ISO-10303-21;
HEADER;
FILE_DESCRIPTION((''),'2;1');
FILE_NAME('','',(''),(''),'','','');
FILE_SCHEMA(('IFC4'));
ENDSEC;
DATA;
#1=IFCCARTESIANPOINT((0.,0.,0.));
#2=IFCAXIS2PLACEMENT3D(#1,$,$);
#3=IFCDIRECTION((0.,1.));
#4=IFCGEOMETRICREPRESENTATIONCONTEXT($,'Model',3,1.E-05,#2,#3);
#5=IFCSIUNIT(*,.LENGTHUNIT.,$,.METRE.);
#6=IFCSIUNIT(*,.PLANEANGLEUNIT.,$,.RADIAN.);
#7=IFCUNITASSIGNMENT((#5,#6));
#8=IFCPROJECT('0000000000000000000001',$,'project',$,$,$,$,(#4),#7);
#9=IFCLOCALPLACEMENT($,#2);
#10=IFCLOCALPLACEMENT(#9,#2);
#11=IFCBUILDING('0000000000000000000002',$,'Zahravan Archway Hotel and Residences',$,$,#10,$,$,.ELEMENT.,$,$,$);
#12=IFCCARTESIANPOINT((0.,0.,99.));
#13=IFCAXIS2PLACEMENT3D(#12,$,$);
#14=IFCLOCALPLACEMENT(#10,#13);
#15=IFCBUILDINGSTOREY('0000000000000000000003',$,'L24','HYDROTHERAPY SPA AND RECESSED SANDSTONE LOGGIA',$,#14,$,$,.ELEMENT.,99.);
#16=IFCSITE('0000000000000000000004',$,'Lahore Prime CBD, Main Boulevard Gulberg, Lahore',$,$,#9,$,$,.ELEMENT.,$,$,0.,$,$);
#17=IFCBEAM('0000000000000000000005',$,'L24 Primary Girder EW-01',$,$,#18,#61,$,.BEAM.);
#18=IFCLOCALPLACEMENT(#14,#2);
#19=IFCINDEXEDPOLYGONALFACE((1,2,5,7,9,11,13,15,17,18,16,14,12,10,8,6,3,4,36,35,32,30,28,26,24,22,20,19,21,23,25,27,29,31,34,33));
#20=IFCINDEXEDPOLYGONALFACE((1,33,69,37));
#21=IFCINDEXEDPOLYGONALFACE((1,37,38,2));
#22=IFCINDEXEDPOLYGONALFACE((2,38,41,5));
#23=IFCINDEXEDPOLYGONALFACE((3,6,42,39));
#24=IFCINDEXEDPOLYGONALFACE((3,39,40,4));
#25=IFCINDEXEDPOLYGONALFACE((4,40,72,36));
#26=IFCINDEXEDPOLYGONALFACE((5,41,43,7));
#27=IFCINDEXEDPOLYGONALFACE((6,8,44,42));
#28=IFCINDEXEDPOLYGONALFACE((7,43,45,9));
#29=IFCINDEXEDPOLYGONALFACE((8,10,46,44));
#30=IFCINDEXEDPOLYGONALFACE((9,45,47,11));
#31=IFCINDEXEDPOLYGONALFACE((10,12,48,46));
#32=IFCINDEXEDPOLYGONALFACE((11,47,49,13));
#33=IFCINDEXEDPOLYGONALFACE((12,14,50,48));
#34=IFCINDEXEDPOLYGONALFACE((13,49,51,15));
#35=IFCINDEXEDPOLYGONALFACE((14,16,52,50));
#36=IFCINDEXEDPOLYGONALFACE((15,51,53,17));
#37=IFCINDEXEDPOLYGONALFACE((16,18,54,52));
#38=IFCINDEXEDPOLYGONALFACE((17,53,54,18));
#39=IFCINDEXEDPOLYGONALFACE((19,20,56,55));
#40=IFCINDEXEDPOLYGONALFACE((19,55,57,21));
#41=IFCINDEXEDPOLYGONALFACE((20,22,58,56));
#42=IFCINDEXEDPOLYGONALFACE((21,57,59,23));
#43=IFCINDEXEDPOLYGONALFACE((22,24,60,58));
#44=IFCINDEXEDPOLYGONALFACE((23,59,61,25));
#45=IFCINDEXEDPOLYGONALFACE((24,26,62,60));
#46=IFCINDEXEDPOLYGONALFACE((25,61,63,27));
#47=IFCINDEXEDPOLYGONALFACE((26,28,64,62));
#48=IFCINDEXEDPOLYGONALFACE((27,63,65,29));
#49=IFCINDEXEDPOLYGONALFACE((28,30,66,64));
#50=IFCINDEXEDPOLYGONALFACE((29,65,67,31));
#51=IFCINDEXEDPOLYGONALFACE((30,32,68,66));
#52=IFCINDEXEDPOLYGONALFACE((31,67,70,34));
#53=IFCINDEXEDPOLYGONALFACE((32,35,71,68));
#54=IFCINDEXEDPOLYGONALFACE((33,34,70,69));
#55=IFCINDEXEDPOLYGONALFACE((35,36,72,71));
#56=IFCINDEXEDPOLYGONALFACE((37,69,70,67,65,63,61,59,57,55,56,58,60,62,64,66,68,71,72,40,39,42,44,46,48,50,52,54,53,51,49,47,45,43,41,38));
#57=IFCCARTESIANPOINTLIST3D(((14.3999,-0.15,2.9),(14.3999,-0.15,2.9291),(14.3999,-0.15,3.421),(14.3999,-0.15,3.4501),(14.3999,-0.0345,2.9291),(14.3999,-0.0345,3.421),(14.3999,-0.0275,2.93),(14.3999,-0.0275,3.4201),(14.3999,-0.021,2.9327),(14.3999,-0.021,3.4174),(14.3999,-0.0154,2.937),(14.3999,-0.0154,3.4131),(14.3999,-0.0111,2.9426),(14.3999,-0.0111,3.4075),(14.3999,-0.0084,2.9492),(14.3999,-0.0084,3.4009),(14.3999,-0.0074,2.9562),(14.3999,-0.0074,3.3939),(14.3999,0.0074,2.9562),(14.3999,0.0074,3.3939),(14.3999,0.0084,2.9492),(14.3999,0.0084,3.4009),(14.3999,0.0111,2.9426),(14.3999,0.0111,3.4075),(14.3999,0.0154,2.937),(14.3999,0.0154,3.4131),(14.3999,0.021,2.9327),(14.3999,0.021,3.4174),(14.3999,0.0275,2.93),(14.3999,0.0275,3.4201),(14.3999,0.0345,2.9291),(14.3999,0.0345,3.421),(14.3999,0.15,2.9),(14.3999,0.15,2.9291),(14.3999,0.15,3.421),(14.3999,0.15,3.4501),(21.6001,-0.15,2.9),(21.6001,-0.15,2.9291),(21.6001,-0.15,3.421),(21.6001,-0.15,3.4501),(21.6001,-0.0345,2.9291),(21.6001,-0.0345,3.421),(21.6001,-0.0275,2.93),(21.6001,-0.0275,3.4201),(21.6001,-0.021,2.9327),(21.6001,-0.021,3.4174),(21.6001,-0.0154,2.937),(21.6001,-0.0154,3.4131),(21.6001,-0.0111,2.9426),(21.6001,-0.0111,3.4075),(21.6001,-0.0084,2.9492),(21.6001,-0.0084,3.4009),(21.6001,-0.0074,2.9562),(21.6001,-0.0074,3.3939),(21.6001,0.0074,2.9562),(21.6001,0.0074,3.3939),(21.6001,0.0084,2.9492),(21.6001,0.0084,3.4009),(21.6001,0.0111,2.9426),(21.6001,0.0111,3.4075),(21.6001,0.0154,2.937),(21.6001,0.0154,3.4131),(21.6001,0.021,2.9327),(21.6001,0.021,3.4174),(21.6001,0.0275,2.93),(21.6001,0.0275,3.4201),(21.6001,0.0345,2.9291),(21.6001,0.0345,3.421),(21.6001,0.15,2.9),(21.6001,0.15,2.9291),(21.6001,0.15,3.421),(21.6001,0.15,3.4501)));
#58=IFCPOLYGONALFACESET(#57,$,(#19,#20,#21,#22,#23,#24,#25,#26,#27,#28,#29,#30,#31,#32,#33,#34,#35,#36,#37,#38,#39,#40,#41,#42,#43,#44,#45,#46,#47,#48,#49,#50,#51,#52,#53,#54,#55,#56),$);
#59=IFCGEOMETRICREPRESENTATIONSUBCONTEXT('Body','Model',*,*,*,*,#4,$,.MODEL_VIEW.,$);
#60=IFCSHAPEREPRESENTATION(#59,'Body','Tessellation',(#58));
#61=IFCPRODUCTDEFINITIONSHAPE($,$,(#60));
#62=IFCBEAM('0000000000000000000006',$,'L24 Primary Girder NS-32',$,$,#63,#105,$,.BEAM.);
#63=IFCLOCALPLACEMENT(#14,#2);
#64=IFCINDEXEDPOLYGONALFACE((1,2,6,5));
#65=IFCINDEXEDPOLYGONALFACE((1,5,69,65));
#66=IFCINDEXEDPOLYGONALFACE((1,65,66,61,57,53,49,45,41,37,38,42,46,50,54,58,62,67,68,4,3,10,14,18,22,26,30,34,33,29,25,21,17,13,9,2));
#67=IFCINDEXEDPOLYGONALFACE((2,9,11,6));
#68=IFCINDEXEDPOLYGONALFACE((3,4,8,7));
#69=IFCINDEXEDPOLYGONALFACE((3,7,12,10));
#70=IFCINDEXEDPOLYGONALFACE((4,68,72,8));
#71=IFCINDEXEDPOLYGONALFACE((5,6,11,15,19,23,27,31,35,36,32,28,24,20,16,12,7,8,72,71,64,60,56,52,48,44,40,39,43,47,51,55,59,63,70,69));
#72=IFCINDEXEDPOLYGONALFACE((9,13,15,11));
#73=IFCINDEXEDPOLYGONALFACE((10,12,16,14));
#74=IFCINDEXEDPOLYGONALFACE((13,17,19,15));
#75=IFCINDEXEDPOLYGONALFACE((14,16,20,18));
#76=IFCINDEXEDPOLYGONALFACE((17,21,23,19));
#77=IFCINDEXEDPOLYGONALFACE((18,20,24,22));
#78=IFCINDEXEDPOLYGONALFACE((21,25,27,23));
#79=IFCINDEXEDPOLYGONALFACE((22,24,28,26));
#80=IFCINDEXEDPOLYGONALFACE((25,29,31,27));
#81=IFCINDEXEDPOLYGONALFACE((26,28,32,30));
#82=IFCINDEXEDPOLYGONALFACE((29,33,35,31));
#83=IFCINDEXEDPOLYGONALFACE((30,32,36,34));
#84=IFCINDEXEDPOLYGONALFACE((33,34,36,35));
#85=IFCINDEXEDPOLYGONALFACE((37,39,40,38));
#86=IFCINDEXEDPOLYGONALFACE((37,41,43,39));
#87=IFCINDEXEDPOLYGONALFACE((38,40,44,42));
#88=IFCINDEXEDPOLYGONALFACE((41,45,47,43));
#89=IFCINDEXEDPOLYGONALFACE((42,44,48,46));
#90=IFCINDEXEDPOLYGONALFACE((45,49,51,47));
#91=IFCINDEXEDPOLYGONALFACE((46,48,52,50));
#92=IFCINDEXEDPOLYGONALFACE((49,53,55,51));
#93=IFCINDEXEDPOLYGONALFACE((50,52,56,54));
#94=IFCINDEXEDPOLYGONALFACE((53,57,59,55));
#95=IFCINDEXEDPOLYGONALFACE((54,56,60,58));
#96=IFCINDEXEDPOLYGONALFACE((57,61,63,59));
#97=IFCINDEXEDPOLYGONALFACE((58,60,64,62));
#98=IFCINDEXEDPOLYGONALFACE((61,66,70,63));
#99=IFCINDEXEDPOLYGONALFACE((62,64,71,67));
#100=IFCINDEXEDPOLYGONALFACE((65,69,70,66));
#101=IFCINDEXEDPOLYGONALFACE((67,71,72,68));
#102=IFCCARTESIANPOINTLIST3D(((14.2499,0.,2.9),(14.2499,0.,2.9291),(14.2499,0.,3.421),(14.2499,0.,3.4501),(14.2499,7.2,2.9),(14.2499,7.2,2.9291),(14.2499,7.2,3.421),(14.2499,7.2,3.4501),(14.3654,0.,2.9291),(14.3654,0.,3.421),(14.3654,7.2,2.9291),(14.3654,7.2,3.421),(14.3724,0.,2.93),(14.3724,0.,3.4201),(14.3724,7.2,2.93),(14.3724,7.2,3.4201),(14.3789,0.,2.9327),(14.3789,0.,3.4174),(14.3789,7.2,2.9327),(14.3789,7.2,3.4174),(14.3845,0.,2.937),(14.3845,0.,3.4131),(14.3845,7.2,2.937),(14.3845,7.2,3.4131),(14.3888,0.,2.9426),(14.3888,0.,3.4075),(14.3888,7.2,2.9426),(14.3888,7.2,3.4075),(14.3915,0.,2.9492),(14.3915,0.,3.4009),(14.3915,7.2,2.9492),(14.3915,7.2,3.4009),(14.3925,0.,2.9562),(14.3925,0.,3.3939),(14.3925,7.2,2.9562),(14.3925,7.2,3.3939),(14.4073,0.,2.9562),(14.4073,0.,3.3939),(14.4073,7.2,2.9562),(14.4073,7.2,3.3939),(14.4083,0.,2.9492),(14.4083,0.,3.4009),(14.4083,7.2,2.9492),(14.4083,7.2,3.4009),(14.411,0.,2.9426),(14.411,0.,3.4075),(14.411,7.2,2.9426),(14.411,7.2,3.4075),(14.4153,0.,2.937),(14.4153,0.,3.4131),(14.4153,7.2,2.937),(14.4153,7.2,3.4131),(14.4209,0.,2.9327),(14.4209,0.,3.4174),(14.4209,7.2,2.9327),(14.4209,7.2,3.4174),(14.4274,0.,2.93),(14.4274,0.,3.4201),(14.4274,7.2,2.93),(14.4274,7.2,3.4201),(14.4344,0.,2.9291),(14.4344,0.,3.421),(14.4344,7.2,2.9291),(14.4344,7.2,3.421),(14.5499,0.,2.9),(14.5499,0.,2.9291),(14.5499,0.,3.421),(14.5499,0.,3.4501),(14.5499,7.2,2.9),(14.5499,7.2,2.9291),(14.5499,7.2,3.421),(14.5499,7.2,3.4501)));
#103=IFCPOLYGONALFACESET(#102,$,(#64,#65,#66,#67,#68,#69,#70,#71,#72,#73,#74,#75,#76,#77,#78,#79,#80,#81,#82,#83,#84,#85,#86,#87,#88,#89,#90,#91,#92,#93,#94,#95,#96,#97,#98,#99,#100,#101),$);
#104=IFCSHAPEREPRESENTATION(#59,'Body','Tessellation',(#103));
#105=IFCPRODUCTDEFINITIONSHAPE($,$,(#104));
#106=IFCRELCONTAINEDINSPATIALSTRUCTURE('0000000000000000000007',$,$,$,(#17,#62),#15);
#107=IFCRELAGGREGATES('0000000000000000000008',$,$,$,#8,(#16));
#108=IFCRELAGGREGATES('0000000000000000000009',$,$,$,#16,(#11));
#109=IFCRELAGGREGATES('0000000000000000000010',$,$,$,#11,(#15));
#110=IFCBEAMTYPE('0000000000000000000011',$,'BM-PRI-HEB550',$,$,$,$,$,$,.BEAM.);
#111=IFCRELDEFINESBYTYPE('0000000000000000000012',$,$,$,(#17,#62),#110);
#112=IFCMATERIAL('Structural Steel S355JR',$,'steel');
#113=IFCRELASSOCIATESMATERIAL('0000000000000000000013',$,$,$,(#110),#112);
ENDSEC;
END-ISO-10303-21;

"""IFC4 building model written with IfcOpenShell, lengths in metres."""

from ifc_helpers import new_model, si_unit, direction, frame, origin, origin_2d, place, context, subcontext, project, spatial, i_section, extrude, source, transform, mapped, material, material_profile, profile_set, type_object, type_shapes, element, save


model = new_model("IFC4")

# Units and contexts
model_context = context("Model", 3, precision=1e-05, world=origin(), true_north=direction((0.0, 1.0)))
body_context = subcontext(model_context, "Body", "Model", "MODEL_VIEW")
ifc_project = project(units=[si_unit("LENGTHUNIT", "METRE"), si_unit("PLANEANGLEUNIT", "RADIAN")], contexts=[model_context])

# Site, building, storey
site_placement = place(None, origin())
site = spatial("IfcSite", under=ifc_project, at=site_placement, Name="Lahore Prime CBD, Main Boulevard Gulberg, Lahore", CompositionType="ELEMENT", RefElevation=0.0)
building_placement = place(site_placement, origin())
building = spatial("IfcBuilding", under=site, at=building_placement, Name="Zahravan Archway Hotel and Residences", CompositionType="ELEMENT")
storey_placement = place(building_placement, frame((0.0, 0.0, 99.0)))
storey = spatial("IfcBuildingStorey", under=building, at=storey_placement, Name="L24", Description="HYDROTHERAPY SPA AND RECESSED SANDSTONE LOGGIA", CompositionType="ELEMENT", Elevation=99.0)

# Beams
ifc_material_1 = material(Name="Structural Steel S355JR", Category="steel")
ifc_material_profile = material_profile(ifc_material_1, i_section(OverallWidth=0.3, OverallDepth=0.55, WebThickness=0.0149, FlangeThickness=0.0291, FilletRadius=0.0271, at=origin_2d()), Name="HEB 550", Category="steel")
ifc_profile_set = profile_set([ifc_material_profile], Name="Structural Steel S355JR")
beam_type = type_object("IfcBeamType", Name="BM-PRI-HEB550", PredefinedType="BEAM", material=ifc_profile_set)
shared_shape_1 = source(origin(), body_context, "Body", "SweptSolid", [
    extrude(i_section(OverallWidth=0.3, OverallDepth=0.55, WebThickness=0.0149, FlangeThickness=0.0291, FilletRadius=0.0271, at=origin_2d()), origin(), (0.0, 0.0, 1.0), 7.2002),
])
type_shapes(beam_type, [shared_shape_1])
beam_1_placement = place(storey_placement, frame((14.3999, 0.0, 3.175), z_axis=(1.0, 0.0, 0.0), x_axis=(0.0, 1.0, 0.0)))
element("IfcBeam", 1, at=beam_1_placement, inside=storey, type_object=beam_type, Name="L24 Primary Girder EW-01", PredefinedType="BEAM", context=body_context, shape_type="MappedRepresentation", body=[
    mapped(shared_shape_1, transform((0.0, 0.0, 0.0), scale=1.0)),
])
shared_shape_2 = source(origin(), body_context, "Body", "SweptSolid", [
    extrude(i_section(OverallWidth=0.3, OverallDepth=0.55, WebThickness=0.0149, FlangeThickness=0.0291, FilletRadius=0.0271, at=origin_2d()), origin(), (0.0, 0.0, 1.0), 7.2),
])
beam_2_placement = place(storey_placement, frame((14.3999, 0.0, 3.175), z_axis=(0.0, 1.0, 0.0), x_axis=(-1.0, 0.0, 0.0)))
element("IfcBeam", 2, at=beam_2_placement, inside=storey, type_object=beam_type, Name="L24 Primary Girder NS-32", PredefinedType="BEAM", context=body_context, shape_type="MappedRepresentation", body=[
    mapped(shared_shape_2, transform((0.0, 0.0, 0.0), scale=1.0)),
])

save(model, "model.ifc")
